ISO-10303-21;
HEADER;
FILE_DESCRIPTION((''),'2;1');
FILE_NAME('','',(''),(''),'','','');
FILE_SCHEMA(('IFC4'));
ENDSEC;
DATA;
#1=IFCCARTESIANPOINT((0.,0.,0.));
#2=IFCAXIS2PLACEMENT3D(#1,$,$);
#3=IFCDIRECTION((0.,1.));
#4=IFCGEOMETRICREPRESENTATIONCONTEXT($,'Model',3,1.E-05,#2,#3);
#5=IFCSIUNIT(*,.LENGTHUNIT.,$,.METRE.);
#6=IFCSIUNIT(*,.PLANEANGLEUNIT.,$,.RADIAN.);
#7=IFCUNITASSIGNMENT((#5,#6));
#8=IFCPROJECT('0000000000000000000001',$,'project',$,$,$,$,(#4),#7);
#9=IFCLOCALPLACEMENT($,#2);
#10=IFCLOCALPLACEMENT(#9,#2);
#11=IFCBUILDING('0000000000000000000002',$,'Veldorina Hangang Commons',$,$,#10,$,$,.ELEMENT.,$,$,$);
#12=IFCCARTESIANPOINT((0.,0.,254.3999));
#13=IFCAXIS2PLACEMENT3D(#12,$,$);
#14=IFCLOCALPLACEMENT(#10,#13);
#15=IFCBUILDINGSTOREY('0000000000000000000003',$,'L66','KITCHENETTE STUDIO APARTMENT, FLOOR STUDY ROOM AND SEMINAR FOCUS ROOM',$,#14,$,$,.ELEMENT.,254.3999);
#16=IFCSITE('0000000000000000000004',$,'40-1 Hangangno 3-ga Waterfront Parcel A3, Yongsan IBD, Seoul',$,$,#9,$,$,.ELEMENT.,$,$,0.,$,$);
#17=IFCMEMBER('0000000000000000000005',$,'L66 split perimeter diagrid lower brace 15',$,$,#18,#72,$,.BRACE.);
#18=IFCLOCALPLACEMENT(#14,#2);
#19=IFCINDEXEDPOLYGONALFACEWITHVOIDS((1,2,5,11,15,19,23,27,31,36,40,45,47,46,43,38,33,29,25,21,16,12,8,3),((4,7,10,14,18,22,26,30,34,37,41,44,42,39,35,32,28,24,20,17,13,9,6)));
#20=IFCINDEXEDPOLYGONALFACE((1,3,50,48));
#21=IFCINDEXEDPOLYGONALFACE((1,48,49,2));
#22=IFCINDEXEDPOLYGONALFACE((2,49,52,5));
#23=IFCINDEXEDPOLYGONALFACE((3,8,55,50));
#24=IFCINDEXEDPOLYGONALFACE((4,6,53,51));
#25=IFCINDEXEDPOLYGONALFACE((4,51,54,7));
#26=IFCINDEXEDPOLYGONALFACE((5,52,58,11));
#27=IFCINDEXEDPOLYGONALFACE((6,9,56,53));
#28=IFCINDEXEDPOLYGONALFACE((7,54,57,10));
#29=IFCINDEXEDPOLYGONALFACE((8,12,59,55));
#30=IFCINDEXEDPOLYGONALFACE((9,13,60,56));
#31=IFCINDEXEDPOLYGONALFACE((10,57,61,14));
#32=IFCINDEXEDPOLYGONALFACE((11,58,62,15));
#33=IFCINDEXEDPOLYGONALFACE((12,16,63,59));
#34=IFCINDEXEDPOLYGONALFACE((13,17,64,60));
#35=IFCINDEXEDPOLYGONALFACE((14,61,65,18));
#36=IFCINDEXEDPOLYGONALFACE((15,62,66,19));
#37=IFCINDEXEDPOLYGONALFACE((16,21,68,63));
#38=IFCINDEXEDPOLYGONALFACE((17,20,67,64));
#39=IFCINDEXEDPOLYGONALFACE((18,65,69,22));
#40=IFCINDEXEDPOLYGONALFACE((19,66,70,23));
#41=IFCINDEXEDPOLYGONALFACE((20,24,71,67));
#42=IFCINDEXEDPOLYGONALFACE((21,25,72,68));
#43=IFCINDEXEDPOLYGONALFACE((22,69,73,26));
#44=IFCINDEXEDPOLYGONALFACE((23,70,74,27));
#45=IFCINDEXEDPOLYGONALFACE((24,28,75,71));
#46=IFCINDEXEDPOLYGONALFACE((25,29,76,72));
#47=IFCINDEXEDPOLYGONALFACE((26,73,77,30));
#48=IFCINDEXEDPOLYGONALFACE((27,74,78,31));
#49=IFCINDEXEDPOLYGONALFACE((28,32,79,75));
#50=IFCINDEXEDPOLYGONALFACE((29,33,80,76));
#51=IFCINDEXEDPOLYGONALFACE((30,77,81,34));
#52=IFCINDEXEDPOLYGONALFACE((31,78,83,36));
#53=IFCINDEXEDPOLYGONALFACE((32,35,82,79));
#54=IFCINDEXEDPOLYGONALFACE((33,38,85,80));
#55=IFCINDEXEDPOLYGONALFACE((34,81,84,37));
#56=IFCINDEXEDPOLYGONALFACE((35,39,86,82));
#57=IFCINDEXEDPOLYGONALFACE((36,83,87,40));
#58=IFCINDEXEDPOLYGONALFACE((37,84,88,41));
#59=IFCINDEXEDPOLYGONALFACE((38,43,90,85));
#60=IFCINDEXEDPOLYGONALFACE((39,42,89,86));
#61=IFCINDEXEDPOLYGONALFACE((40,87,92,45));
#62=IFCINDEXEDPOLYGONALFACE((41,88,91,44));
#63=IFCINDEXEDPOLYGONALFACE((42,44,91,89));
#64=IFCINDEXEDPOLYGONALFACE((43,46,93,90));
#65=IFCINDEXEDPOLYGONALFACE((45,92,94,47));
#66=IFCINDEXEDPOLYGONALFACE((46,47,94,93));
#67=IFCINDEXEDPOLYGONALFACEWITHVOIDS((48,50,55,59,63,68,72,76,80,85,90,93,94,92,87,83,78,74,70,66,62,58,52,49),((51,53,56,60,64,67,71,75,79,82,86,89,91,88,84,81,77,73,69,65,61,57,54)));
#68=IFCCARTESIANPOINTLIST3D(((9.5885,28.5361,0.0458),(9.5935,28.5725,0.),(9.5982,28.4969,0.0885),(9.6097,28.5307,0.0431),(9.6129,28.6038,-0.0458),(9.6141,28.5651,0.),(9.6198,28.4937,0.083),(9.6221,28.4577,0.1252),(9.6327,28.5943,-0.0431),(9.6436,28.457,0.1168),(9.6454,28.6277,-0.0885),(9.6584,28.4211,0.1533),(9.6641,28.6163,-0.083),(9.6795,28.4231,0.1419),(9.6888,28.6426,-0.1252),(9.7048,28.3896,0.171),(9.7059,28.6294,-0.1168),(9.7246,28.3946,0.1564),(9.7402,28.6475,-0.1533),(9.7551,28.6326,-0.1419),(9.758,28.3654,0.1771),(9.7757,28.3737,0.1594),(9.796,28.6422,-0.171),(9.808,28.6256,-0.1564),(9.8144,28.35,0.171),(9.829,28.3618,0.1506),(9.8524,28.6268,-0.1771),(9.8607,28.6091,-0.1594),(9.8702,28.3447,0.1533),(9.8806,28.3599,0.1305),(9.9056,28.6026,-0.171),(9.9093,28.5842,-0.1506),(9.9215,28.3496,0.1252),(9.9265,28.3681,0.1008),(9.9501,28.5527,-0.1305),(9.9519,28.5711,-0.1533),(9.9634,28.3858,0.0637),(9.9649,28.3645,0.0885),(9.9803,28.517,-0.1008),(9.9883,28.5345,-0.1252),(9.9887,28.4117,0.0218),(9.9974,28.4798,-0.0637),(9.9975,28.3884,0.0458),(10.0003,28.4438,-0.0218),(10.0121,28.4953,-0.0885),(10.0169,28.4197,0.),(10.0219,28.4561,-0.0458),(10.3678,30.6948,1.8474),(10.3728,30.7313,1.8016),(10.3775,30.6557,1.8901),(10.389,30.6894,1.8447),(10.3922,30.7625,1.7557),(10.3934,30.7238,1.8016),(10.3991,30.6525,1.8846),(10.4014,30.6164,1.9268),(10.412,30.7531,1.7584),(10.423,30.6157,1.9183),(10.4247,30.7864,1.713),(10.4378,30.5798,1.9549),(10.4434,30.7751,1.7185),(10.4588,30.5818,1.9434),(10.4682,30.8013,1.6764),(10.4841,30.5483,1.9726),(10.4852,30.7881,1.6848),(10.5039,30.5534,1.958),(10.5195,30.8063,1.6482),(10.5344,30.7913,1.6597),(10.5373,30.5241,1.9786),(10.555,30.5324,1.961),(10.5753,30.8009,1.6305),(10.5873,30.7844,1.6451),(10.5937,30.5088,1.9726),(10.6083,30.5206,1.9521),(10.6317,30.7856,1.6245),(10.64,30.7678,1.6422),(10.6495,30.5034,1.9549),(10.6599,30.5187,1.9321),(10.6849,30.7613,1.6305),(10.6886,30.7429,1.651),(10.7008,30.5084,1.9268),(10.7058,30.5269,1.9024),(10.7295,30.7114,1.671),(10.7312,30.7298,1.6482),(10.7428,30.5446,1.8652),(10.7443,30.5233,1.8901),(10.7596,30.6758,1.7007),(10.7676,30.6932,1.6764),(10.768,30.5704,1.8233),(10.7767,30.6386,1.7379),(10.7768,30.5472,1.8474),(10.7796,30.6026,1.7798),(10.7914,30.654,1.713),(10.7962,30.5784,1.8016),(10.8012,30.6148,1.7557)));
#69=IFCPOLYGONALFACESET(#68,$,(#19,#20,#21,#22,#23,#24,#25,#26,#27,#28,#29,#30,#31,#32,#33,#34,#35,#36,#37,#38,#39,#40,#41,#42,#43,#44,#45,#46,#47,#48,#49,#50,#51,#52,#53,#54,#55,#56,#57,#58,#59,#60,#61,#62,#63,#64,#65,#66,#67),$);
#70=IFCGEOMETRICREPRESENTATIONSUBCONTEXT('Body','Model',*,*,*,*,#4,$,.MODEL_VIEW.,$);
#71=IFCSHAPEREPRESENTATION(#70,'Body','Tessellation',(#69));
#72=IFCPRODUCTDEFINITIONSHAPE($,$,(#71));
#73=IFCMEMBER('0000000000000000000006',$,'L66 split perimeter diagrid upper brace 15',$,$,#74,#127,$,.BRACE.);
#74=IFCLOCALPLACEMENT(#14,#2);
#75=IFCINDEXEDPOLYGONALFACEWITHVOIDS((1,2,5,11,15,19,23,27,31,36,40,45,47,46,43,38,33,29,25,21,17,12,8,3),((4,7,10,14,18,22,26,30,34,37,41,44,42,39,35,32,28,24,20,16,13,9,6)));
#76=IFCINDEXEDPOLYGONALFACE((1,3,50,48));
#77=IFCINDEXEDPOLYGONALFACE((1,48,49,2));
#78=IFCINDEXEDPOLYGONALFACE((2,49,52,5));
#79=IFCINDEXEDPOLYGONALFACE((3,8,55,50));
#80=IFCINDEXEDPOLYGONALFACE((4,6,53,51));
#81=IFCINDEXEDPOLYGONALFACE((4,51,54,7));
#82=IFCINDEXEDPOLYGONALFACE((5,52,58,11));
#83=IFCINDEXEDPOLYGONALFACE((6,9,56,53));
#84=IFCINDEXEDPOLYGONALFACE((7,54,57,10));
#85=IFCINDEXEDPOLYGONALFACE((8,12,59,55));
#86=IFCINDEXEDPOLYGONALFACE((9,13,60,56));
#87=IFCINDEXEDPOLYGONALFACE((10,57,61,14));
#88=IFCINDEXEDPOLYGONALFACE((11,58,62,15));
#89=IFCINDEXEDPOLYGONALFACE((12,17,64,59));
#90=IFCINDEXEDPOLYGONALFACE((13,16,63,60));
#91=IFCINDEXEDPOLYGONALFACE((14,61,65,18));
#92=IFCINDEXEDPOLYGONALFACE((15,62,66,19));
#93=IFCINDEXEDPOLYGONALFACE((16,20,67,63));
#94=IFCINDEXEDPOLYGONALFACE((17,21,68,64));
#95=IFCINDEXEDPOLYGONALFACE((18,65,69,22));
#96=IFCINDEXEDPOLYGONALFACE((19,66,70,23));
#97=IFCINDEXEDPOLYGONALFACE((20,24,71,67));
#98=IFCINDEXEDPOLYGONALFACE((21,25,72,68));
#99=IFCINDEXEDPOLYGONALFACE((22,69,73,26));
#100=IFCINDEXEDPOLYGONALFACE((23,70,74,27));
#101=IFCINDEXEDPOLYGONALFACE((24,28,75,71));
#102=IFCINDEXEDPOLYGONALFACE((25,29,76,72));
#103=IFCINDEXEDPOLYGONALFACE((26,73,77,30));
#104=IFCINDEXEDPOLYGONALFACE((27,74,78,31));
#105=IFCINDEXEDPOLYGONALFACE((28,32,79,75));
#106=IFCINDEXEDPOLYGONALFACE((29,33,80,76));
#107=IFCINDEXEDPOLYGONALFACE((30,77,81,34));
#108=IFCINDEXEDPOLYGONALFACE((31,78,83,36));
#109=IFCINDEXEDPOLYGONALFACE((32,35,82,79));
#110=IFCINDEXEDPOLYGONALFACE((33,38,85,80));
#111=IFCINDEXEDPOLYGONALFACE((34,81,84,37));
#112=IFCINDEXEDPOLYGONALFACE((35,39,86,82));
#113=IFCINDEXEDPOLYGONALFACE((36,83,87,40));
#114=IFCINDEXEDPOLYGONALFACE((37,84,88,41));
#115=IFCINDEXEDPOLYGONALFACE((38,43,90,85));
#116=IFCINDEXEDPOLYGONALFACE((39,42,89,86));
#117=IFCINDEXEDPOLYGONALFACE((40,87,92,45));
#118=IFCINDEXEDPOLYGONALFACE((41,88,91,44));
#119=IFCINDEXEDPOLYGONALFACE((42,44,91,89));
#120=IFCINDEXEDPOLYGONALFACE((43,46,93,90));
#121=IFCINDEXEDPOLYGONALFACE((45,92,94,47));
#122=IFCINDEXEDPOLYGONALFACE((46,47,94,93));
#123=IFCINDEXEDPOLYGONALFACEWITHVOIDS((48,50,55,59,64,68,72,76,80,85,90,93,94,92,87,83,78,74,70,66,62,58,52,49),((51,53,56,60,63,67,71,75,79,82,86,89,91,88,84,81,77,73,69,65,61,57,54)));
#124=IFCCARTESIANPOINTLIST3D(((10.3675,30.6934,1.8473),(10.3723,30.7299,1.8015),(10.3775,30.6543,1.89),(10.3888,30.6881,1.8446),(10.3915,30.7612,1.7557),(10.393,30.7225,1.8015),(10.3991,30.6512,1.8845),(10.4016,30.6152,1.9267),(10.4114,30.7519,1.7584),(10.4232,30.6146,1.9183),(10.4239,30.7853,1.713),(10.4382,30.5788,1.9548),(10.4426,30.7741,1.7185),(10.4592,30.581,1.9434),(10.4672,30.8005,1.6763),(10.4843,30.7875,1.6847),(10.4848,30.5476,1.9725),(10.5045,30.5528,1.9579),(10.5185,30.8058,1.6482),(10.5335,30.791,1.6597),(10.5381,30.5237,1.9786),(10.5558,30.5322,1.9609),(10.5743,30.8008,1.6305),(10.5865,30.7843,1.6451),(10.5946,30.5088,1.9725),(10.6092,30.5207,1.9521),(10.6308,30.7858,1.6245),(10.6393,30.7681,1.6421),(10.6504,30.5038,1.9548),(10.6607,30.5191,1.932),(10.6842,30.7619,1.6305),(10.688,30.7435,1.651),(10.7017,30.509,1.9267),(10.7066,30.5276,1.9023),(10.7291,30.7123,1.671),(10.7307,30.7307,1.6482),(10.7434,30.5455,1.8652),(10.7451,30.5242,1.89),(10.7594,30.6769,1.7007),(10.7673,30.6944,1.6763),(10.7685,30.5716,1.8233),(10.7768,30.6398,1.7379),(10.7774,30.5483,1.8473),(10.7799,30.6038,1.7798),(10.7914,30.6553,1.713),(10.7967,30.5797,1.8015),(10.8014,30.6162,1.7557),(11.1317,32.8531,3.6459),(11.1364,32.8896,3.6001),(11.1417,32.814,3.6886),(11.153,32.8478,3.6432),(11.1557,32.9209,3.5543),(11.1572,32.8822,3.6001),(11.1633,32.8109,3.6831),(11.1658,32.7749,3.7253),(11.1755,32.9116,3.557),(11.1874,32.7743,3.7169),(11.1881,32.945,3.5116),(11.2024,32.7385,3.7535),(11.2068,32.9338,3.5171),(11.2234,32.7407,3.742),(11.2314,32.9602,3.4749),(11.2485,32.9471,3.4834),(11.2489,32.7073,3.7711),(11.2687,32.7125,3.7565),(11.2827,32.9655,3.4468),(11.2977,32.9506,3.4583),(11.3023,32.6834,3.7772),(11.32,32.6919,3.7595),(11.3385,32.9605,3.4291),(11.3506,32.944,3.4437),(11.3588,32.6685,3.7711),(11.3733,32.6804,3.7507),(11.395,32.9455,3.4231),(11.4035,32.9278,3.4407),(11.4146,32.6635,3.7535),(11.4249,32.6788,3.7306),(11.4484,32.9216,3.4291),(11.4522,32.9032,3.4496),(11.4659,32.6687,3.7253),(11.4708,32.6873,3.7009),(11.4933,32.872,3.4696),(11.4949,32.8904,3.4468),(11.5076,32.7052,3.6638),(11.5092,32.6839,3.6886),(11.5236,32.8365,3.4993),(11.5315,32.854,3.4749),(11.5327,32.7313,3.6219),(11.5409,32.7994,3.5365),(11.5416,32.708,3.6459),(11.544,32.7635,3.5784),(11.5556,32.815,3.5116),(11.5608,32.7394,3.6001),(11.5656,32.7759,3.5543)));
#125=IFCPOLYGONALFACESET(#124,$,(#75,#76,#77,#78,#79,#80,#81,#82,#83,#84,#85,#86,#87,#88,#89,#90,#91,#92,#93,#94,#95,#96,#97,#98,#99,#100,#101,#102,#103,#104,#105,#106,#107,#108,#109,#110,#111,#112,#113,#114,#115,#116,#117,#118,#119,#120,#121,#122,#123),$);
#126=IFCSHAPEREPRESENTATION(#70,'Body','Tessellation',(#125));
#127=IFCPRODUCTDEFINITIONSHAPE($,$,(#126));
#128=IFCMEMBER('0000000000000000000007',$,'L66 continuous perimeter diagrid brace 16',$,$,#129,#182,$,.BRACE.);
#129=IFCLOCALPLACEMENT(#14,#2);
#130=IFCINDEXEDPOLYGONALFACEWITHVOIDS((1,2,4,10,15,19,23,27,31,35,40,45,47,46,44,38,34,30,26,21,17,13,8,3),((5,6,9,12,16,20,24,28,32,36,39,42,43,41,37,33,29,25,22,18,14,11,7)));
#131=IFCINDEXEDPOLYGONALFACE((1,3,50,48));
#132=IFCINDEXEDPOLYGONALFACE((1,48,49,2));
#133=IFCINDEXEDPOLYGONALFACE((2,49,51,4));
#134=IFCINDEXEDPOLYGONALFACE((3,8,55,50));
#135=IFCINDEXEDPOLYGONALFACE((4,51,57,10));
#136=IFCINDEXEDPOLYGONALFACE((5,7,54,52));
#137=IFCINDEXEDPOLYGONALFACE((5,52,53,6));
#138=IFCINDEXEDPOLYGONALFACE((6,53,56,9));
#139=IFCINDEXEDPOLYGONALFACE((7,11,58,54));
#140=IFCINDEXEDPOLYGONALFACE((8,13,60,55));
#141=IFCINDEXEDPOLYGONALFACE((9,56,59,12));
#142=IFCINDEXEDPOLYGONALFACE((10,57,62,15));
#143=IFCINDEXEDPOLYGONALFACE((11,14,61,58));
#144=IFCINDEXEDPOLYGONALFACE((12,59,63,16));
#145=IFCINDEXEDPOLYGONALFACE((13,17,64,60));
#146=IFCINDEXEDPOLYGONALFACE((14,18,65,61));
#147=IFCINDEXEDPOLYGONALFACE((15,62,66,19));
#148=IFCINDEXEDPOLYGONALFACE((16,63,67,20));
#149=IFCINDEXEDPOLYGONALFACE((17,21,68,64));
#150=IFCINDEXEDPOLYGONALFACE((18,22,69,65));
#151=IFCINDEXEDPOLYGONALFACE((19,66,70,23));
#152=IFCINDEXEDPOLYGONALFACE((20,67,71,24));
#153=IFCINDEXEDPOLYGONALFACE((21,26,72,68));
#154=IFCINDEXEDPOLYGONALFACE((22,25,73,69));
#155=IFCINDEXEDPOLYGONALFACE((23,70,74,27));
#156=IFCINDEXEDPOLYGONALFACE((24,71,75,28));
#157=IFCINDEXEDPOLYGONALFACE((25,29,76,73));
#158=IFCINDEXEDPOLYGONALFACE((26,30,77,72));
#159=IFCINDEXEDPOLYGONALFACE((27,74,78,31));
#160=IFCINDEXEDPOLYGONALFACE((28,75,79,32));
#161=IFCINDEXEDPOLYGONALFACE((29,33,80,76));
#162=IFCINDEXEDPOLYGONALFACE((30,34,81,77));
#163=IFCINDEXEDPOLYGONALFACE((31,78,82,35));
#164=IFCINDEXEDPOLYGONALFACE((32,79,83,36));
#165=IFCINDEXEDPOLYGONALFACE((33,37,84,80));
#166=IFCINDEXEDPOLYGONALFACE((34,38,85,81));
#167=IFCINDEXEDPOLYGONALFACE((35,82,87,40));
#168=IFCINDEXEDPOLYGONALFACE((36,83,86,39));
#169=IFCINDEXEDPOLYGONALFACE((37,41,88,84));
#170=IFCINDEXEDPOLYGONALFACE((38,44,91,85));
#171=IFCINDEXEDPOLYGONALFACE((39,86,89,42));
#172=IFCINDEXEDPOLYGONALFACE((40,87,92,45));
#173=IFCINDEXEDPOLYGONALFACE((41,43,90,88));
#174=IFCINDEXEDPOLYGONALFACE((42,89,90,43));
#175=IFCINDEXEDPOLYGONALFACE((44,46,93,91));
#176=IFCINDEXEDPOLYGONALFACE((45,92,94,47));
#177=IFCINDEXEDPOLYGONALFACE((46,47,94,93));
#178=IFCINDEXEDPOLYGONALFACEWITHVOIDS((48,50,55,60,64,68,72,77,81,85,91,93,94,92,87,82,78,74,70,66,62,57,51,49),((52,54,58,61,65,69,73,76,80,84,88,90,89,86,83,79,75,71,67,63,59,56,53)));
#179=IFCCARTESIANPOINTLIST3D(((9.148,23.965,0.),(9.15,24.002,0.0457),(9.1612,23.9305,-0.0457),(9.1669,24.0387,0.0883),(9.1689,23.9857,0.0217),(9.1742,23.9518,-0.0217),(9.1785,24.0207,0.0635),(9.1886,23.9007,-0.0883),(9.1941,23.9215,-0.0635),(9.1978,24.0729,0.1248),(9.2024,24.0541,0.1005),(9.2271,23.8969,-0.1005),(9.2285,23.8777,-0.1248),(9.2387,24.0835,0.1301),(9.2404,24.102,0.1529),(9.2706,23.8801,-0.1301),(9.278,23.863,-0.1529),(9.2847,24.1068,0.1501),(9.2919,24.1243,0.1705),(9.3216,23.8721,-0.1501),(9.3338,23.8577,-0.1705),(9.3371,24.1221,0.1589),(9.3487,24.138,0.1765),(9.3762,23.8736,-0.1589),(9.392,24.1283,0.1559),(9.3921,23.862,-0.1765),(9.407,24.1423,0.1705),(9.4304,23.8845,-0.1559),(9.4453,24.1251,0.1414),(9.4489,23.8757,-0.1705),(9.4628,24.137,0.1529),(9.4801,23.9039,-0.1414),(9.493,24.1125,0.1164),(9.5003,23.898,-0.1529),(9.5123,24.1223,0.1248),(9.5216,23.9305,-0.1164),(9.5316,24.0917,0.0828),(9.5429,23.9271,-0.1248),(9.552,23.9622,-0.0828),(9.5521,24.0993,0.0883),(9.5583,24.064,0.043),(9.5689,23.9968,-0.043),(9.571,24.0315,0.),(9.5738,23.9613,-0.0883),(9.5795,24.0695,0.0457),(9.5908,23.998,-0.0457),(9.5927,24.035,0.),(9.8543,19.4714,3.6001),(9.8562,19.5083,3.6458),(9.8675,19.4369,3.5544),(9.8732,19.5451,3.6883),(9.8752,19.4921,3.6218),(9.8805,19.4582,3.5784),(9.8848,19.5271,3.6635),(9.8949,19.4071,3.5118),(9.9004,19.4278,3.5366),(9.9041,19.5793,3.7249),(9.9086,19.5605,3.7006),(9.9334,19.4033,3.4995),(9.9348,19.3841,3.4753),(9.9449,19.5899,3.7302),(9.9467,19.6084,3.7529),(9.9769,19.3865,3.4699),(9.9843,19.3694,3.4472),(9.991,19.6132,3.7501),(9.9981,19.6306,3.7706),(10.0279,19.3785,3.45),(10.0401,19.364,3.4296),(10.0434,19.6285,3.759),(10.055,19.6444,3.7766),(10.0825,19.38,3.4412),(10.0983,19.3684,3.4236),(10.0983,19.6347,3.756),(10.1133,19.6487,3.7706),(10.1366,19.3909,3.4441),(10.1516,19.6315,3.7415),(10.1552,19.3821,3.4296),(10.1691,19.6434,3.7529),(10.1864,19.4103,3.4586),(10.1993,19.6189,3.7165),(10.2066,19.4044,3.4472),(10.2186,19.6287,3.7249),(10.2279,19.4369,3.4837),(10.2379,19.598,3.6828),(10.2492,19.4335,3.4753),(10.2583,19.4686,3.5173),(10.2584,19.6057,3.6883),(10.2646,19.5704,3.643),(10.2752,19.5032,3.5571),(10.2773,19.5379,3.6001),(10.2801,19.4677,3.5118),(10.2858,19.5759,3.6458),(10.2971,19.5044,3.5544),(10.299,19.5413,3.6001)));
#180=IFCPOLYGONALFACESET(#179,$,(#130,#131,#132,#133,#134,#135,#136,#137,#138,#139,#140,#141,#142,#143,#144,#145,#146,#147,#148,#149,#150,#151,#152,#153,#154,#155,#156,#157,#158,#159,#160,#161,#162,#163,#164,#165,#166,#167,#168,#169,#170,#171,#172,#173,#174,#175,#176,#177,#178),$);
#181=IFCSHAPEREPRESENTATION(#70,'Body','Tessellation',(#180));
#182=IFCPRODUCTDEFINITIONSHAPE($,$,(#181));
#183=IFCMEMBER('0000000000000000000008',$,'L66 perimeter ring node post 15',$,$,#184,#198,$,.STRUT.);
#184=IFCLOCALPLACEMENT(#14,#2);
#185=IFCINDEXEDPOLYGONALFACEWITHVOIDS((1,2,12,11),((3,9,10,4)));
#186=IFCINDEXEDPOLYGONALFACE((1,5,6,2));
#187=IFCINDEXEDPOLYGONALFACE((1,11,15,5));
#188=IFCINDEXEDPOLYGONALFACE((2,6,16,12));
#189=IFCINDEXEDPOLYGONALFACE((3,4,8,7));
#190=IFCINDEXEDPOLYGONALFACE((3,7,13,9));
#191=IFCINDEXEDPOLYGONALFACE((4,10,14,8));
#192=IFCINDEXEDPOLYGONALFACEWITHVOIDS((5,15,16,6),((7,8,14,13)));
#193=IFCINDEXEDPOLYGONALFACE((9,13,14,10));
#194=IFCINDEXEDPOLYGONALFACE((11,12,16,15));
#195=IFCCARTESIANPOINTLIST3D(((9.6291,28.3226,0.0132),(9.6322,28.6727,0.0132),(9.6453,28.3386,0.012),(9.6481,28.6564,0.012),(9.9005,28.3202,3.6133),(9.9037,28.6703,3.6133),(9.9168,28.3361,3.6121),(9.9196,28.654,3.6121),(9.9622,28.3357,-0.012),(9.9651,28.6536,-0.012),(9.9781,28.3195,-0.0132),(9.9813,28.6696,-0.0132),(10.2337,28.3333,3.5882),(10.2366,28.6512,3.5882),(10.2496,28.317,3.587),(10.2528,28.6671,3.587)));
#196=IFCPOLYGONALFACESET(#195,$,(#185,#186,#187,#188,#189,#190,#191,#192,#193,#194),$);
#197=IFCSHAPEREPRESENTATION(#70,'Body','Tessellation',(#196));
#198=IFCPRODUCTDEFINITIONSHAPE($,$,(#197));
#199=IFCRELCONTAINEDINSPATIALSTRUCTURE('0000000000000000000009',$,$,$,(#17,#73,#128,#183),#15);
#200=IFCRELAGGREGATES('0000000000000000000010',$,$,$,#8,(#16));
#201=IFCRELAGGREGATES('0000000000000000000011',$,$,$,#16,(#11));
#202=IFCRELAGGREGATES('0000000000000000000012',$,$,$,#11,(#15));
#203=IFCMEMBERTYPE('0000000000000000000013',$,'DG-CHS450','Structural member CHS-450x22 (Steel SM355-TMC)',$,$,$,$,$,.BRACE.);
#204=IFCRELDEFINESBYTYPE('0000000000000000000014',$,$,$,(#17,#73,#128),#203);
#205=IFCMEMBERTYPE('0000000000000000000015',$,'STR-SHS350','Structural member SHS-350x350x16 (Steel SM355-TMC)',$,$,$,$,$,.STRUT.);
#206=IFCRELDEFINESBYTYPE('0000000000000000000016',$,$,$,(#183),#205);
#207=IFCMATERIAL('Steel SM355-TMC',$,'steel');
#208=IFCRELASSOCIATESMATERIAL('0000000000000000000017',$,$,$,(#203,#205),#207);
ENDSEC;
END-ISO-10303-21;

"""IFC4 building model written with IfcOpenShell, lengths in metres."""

from ifc_helpers import new_model, si_unit, direction, frame, origin, origin_2d, place, context, subcontext, project, spatial, hollow_rectangle, hollow_circle, extrude, material, material_profile, profile_set, type_object, element, save


model = new_model("IFC4")

# Units and contexts
model_context = context("Model", 3, precision=1e-05, world=origin(), true_north=direction((0.0, 1.0)))
body_context = subcontext(model_context, "Body", "Model", "MODEL_VIEW")
ifc_project = project(units=[si_unit("LENGTHUNIT", "METRE"), si_unit("PLANEANGLEUNIT", "RADIAN")], contexts=[model_context])

# Site, building, storey
site_placement = place(None, origin())
site = spatial("IfcSite", under=ifc_project, at=site_placement, Name="40-1 Hangangno 3-ga Waterfront Parcel A3, Yongsan IBD, Seoul", CompositionType="ELEMENT", RefElevation=0.0)
building_placement = place(site_placement, origin())
building = spatial("IfcBuilding", under=site, at=building_placement, Name="Veldorina Hangang Commons", CompositionType="ELEMENT")
storey_placement = place(building_placement, frame((0.0, 0.0, 254.3999)))
storey = spatial("IfcBuildingStorey", under=building, at=storey_placement, Name="L66", Description="KITCHENETTE STUDIO APARTMENT, FLOOR STUDY ROOM AND SEMINAR FOCUS ROOM", CompositionType="ELEMENT", Elevation=254.3999)

# Shared definitions
ifc_material_1 = material(Name="Steel SM355-TMC", Category="steel")

# Members
ifc_material_profile_1 = material_profile(ifc_material_1, hollow_circle(Radius=0.2251, WallThickness=0.022, at=origin_2d()), Name="CHS-450x22")
ifc_profile_set_1 = profile_set([ifc_material_profile_1], Name="Steel SM355-TMC")
member_type_1 = type_object("IfcMemberType", Name="DG-CHS450", Description="Structural member CHS-450x22 (Steel SM355-TMC)", PredefinedType="BRACE", material=ifc_profile_set_1)
member_1_placement = place(storey_placement, frame((9.8052, 28.4961, 0.0), z_axis=(0.267097, 0.739872, 0.617453), x_axis=(-0.940586, 0.339556, 0.0)))
element("IfcMember", 1, at=member_1_placement, inside=storey, type_object=member_type_1, Name="L66 split perimeter diagrid lower brace 15", PredefinedType="BRACE", context=body_context, shape_type="SweptSolid", body=[
    extrude(hollow_circle(Radius=0.2251, WallThickness=0.022, at=origin_2d()), origin(), (0.0, 0.0, 1.0), 2.9177),
])
member_2_placement = place(storey_placement, frame((10.5845, 30.6548, 1.8015), z_axis=(0.262367, 0.741501, 0.617527), x_axis=(-0.942726, 0.333567, 0.0)))
element("IfcMember", 2, at=member_2_placement, inside=storey, type_object=member_type_1, Name="L66 split perimeter diagrid upper brace 15", PredefinedType="BRACE", context=body_context, shape_type="SweptSolid", body=[
    extrude(hollow_circle(Radius=0.2251, WallThickness=0.022, at=origin_2d()), origin(), (0.0, 0.0, 1.0), 2.9126),
])
member_3_placement = place(storey_placement, frame((9.3704, 24.0, 0.0), z_axis=(0.121753, -0.774624, 0.620591), x_axis=(0.987872, 0.155271, 0.0)))
element("IfcMember", 3, at=member_3_placement, inside=storey, type_object=member_type_1, Name="L66 continuous perimeter diagrid brace 16", PredefinedType="BRACE", context=body_context, shape_type="SweptSolid", body=[
    extrude(hollow_circle(Radius=0.2251, WallThickness=0.022, at=origin_2d()), origin(), (0.0, 0.0, 1.0), 5.801),
])
ifc_material_profile_2 = material_profile(ifc_material_1, hollow_rectangle(XDim=0.3501, YDim=0.3501, WallThickness=0.0161, at=origin_2d()), Name="SHS-350x350x16")
ifc_profile_set_2 = profile_set([ifc_material_profile_2], Name="Steel SM355-TMC")
member_type_2 = type_object("IfcMemberType", Name="STR-SHS350", Description="Structural member SHS-350x350x16 (Steel SM355-TMC)", PredefinedType="STRUT", material=ifc_profile_set_2)
member_4_placement = place(storey_placement, frame((9.8052, 28.4961, 0.0), z_axis=(0.075197, -0.000676, 0.997168), x_axis=(0.008992, 0.99996, 0.0)))
element("IfcMember", 4, at=member_4_placement, inside=storey, type_object=member_type_2, Name="L66 perimeter ring node post 15", PredefinedType="STRUT", context=body_context, shape_type="SweptSolid", body=[
    extrude(hollow_rectangle(XDim=0.3501, YDim=0.3501, WallThickness=0.0161, at=origin_2d()), origin(), (0.0, 0.0, 1.0), 3.6104),
])

save(model, "model.ifc")
